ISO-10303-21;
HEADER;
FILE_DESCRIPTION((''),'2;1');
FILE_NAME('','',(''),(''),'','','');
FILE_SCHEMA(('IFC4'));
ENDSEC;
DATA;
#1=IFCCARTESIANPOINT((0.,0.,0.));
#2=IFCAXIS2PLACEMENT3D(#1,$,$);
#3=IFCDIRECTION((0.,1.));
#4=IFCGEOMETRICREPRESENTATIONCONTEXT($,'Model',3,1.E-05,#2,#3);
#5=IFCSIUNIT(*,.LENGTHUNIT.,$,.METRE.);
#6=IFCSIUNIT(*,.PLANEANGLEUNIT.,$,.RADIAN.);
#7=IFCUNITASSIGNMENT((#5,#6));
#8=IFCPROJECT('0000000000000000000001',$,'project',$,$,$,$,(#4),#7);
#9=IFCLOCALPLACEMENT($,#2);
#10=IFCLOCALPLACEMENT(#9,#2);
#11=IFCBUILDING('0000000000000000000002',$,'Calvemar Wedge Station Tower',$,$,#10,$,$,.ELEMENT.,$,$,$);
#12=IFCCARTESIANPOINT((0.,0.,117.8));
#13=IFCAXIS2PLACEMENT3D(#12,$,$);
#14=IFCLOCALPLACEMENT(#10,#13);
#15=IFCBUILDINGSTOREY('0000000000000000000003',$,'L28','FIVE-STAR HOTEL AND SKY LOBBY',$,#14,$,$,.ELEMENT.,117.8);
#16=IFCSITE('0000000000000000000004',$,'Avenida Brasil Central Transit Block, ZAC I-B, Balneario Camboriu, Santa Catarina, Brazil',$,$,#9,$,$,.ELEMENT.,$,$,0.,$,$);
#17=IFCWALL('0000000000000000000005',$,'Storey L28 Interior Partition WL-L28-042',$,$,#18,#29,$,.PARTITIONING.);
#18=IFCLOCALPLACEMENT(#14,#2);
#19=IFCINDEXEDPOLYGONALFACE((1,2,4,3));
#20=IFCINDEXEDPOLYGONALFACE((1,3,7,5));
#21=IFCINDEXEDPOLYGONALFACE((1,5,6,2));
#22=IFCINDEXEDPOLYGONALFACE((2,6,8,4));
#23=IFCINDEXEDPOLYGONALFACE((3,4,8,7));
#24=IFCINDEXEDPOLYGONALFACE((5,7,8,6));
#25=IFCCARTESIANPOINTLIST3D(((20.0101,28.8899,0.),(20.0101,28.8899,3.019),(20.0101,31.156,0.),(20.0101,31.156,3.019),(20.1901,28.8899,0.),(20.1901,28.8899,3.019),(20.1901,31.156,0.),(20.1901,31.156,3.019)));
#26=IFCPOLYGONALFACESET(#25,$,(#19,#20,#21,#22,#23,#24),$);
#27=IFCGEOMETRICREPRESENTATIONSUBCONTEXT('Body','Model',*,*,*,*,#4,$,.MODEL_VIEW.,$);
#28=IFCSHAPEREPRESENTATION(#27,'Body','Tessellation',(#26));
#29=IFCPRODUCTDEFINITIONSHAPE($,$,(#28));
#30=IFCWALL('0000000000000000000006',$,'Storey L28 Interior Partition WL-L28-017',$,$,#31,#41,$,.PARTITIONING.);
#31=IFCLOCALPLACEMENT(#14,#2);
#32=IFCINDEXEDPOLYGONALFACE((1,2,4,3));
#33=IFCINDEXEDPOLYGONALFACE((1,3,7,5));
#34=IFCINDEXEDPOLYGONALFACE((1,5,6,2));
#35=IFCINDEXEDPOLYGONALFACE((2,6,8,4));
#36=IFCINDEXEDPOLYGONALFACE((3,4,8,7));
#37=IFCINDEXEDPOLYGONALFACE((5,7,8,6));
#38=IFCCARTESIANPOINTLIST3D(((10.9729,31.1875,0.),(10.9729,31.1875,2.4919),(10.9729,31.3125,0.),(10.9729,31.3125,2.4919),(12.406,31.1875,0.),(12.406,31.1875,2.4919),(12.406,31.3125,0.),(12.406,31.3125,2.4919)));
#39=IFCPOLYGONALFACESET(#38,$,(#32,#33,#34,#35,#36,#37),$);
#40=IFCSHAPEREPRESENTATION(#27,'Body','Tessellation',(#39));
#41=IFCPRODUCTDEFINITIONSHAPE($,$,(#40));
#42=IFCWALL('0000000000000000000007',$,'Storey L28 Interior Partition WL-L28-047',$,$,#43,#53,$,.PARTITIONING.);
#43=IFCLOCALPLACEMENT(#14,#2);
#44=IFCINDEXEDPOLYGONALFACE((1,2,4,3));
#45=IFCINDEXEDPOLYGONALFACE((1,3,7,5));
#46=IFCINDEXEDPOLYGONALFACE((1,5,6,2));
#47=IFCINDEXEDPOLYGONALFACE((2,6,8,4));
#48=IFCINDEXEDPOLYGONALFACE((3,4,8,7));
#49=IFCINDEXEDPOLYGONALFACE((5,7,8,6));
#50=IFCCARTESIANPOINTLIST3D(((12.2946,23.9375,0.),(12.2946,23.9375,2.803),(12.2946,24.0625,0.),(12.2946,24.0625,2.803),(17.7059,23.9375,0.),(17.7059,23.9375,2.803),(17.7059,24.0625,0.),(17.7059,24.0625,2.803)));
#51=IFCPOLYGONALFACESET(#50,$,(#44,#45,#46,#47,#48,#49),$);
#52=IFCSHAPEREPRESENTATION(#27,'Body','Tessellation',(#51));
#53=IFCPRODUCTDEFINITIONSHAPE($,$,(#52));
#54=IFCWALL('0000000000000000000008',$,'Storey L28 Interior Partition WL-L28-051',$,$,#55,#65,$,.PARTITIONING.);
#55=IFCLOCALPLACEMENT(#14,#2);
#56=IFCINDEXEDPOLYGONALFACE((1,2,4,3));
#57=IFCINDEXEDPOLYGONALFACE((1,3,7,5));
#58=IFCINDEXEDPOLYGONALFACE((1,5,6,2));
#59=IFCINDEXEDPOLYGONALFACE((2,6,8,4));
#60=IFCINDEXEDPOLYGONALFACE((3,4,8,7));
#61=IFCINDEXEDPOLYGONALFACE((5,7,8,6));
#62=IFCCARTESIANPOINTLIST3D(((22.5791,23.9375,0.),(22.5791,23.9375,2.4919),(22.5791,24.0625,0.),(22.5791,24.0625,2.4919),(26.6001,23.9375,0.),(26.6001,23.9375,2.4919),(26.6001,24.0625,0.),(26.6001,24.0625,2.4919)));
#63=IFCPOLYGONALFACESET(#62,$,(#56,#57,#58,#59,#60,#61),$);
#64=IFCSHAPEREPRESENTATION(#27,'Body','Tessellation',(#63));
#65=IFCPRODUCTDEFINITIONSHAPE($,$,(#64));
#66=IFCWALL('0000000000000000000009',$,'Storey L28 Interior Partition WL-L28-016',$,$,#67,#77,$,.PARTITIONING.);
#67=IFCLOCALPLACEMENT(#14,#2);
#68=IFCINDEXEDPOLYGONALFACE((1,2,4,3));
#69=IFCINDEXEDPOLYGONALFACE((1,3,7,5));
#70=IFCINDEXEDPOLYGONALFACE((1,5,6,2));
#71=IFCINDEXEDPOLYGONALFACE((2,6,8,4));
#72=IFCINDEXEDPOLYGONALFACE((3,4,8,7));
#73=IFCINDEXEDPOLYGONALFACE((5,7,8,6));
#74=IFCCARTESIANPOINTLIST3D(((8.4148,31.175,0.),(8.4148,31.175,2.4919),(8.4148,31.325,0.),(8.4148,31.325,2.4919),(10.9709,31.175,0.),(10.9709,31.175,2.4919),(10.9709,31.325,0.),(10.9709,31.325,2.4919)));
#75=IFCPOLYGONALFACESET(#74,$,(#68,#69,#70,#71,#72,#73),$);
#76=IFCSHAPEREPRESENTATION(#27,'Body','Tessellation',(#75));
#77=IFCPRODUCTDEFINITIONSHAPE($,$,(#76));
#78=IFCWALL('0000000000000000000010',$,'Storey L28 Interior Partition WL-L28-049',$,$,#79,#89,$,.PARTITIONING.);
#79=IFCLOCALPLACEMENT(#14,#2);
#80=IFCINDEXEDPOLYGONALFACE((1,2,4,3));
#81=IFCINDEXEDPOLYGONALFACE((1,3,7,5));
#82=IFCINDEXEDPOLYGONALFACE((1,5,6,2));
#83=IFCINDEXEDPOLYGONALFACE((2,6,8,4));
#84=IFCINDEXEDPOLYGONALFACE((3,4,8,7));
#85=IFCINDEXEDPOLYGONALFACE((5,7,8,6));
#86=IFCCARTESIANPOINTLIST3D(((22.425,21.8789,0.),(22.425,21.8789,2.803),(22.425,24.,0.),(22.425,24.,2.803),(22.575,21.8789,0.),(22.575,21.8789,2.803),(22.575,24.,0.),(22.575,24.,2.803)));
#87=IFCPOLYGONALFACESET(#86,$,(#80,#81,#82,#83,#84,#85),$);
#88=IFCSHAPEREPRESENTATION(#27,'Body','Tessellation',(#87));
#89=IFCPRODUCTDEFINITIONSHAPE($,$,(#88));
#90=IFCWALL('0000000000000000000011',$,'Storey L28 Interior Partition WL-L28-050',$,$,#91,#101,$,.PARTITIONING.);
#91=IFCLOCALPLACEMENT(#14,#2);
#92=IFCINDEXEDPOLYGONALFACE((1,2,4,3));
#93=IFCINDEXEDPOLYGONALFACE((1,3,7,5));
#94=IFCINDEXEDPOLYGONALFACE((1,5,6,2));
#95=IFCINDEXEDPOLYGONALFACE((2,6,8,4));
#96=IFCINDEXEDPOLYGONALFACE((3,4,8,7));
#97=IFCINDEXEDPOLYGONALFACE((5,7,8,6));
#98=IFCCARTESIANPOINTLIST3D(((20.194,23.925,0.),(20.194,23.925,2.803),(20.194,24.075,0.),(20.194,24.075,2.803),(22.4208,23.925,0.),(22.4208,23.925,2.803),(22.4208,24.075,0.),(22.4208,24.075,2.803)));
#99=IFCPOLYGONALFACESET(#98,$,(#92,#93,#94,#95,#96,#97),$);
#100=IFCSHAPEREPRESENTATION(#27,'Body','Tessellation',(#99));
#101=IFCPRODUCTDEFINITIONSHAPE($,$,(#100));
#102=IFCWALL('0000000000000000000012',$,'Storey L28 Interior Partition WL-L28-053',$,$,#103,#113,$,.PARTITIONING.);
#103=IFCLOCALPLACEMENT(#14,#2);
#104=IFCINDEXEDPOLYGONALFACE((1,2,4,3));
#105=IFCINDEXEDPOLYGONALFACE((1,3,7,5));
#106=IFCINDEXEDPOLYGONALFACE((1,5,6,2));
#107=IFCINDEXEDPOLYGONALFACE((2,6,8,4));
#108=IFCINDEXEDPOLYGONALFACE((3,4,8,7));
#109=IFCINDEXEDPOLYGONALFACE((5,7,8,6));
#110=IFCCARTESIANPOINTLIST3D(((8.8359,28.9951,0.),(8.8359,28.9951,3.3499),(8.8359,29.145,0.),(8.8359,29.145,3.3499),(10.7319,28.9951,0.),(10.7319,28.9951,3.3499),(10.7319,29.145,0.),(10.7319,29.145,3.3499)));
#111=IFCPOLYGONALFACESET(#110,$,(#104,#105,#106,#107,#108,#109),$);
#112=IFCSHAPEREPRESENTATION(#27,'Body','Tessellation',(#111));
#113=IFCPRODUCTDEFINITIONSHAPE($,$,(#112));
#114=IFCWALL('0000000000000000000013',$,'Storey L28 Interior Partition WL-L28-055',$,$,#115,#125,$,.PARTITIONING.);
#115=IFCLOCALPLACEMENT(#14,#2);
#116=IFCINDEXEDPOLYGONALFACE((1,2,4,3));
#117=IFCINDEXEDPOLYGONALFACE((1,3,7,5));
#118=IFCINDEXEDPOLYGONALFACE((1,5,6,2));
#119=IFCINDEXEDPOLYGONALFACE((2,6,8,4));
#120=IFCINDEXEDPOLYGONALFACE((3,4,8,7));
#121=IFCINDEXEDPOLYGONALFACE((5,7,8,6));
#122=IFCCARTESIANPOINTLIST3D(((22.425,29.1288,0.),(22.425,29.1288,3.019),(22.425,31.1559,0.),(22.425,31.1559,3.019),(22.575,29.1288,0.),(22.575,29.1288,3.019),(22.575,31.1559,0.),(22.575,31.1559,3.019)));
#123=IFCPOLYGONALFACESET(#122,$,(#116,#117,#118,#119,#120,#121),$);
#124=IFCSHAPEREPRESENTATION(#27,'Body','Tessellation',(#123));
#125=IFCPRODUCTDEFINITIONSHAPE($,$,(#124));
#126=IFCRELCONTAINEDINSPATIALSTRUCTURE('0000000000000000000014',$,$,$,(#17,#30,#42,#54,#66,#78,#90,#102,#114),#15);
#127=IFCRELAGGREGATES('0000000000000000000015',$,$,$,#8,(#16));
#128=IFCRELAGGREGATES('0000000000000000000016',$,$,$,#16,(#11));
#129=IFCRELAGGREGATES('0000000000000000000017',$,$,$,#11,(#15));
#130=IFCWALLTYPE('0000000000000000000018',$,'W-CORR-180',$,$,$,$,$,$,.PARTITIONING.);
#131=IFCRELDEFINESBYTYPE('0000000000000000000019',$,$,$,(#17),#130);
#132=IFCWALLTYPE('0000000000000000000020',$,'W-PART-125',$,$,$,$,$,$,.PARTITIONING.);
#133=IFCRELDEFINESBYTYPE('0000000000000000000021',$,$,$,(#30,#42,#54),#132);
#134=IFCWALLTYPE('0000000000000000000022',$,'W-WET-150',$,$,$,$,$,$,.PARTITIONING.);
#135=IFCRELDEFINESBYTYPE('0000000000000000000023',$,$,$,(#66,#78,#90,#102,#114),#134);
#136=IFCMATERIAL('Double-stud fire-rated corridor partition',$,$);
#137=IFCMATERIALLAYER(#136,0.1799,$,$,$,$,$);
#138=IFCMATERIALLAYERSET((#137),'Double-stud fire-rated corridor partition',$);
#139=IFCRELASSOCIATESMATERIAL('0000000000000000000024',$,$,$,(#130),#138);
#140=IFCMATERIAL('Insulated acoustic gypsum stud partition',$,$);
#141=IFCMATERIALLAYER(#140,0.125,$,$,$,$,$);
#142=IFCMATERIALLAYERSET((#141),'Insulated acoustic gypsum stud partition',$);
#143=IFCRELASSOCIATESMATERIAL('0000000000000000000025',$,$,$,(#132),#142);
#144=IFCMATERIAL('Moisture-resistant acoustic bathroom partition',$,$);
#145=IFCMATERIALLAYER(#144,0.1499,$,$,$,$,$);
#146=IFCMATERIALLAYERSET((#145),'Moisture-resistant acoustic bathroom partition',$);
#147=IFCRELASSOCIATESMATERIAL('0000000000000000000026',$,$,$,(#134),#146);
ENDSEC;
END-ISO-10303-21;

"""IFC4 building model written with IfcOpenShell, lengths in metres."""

from ifc_helpers import new_model, si_unit, direction, frame, frame_2d, origin, place, context, subcontext, project, spatial, rectangle, extrude, material, layer, layer_set, type_object, element, save


model = new_model("IFC4")

# Units and contexts
model_context = context("Model", 3, precision=1e-05, world=origin(), true_north=direction((0.0, 1.0)))
body_context = subcontext(model_context, "Body", "Model", "MODEL_VIEW")
ifc_project = project(units=[si_unit("LENGTHUNIT", "METRE"), si_unit("PLANEANGLEUNIT", "RADIAN")], contexts=[model_context])

# Site, building, storey
site_placement = place(None, origin())
site = spatial("IfcSite", under=ifc_project, at=site_placement, Name="Avenida Brasil Central Transit Block, ZAC I-B, Balneario Camboriu, Santa Catarina, Brazil", CompositionType="ELEMENT", RefElevation=0.0)
building_placement = place(site_placement, origin())
building = spatial("IfcBuilding", under=site, at=building_placement, Name="Calvemar Wedge Station Tower", CompositionType="ELEMENT")
storey_placement = place(building_placement, frame((0.0, 0.0, 117.8)))
storey = spatial("IfcBuildingStorey", under=building, at=storey_placement, Name="L28", Description="FIVE-STAR HOTEL AND SKY LOBBY", CompositionType="ELEMENT", Elevation=117.8)

# Shared definitions
ifc_material_1 = material(Name="Double-stud fire-rated corridor partition")
ifc_layer_1 = layer(ifc_material_1, 0.1799)
ifc_layer_set_1 = layer_set([ifc_layer_1], Name="Double-stud fire-rated corridor partition")
wall_type_1 = type_object("IfcWallType", Name="W-CORR-180", PredefinedType="PARTITIONING", material=ifc_layer_set_1)

# Wall
wall_1_placement = place(storey_placement, frame((20.1001, 31.156, 0.0), z_axis=(0.0, 0.0, 1.0), x_axis=(0.0, -1.0, 0.0)))
element("IfcWall", 1, at=wall_1_placement, inside=storey, type_object=wall_type_1, Name="Storey L28 Interior Partition WL-L28-042", PredefinedType="PARTITIONING", context=body_context, shape_type="SweptSolid", body=[
    extrude(rectangle(XDim=2.2661, YDim=0.1799, at=frame_2d((1.1331, 0.0))), origin(), (0.0, 0.0, 1.0), 3.019),
])

# Walls
ifc_material_2 = material(Name="Insulated acoustic gypsum stud partition")
ifc_layer_2 = layer(ifc_material_2, 0.125)
ifc_layer_set_2 = layer_set([ifc_layer_2], Name="Insulated acoustic gypsum stud partition")
wall_type_2 = type_object("IfcWallType", Name="W-PART-125", PredefinedType="PARTITIONING", material=ifc_layer_set_2)
wall_2_placement = place(storey_placement, frame((12.406, 31.25, 0.0), z_axis=(0.0, 0.0, 1.0), x_axis=(-1.0, 0.0, 0.0)))
element("IfcWall", 2, at=wall_2_placement, inside=storey, type_object=wall_type_2, Name="Storey L28 Interior Partition WL-L28-017", PredefinedType="PARTITIONING", context=body_context, shape_type="SweptSolid", body=[
    extrude(rectangle(XDim=1.4331, YDim=0.125, at=frame_2d((0.7166, 0.0))), origin(), (0.0, 0.0, 1.0), 2.4919),
])
wall_3_placement = place(storey_placement, frame((12.2947, 24.0, 0.0), z_axis=(0.0, 0.0, 1.0), x_axis=(1.0, 0.0, 0.0)))
element("IfcWall", 3, at=wall_3_placement, inside=storey, type_object=wall_type_2, Name="Storey L28 Interior Partition WL-L28-047", PredefinedType="PARTITIONING", context=body_context, shape_type="SweptSolid", body=[
    extrude(rectangle(XDim=5.4114, YDim=0.125, at=frame_2d((2.7056, 0.0))), origin(), (0.0, 0.0, 1.0), 2.803),
])
wall_4_placement = place(storey_placement, frame((22.5791, 24.0, 0.0), z_axis=(0.0, 0.0, 1.0), x_axis=(1.0, 0.0, 0.0)))
element("IfcWall", 4, at=wall_4_placement, inside=storey, type_object=wall_type_2, Name="Storey L28 Interior Partition WL-L28-051", PredefinedType="PARTITIONING", context=body_context, shape_type="SweptSolid", body=[
    extrude(rectangle(XDim=4.021, YDim=0.125, at=frame_2d((2.0105, 0.0))), origin(), (0.0, 0.0, 1.0), 2.4919),
])
ifc_material_3 = material(Name="Moisture-resistant acoustic bathroom partition")
ifc_layer_3 = layer(ifc_material_3, 0.1499)
ifc_layer_set_3 = layer_set([ifc_layer_3], Name="Moisture-resistant acoustic bathroom partition")
wall_type_3 = type_object("IfcWallType", Name="W-WET-150", PredefinedType="PARTITIONING", material=ifc_layer_set_3)
wall_5_placement = place(storey_placement, frame((10.9709, 31.25, 0.0), z_axis=(0.0, 0.0, 1.0), x_axis=(-1.0, 0.0, 0.0)))
element("IfcWall", 5, at=wall_5_placement, inside=storey, type_object=wall_type_3, Name="Storey L28 Interior Partition WL-L28-016", PredefinedType="PARTITIONING", context=body_context, shape_type="SweptSolid", body=[
    extrude(rectangle(XDim=2.5562, YDim=0.1499, at=frame_2d((1.2781, 0.0))), origin(), (0.0, 0.0, 1.0), 2.4919),
])

# Walls
wall_6_placement = place(storey_placement, frame((22.5, 24.0, 0.0), z_axis=(0.0, 0.0, 1.0), x_axis=(0.0, -1.0, 0.0)))
element("IfcWall", 6, at=wall_6_placement, inside=storey, type_object=wall_type_3, Name="Storey L28 Interior Partition WL-L28-049", PredefinedType="PARTITIONING", context=body_context, shape_type="SweptSolid", body=[
    extrude(rectangle(XDim=2.1211, YDim=0.1499, at=frame_2d((1.0605, 0.0))), origin(), (0.0, 0.0, 1.0), 2.803),
])
wall_7_placement = place(storey_placement, frame((20.1941, 24.0, 0.0), z_axis=(0.0, 0.0, 1.0), x_axis=(1.0, 0.0, 0.0)))
element("IfcWall", 7, at=wall_7_placement, inside=storey, type_object=wall_type_3, Name="Storey L28 Interior Partition WL-L28-050", PredefinedType="PARTITIONING", context=body_context, shape_type="SweptSolid", body=[
    extrude(rectangle(XDim=2.2268, YDim=0.1499, at=frame_2d((1.1133, 0.0))), origin(), (0.0, 0.0, 1.0), 2.803),
])

# Wall
wall_8_placement = place(storey_placement, frame((10.7319, 29.0701, 0.0), z_axis=(0.0, 0.0, 1.0), x_axis=(-1.0, 0.0, 0.0)))
element("IfcWall", 8, at=wall_8_placement, inside=storey, type_object=wall_type_3, Name="Storey L28 Interior Partition WL-L28-053", PredefinedType="PARTITIONING", context=body_context, shape_type="SweptSolid", body=[
    extrude(rectangle(XDim=1.896, YDim=0.1499, at=frame_2d((0.948, 0.0))), origin(), (0.0, 0.0, 1.0), 3.3499),
])

# Wall
wall_9_placement = place(storey_placement, frame((22.5, 31.156, 0.0), z_axis=(0.0, 0.0, 1.0), x_axis=(0.0, -1.0, 0.0)))
element("IfcWall", 9, at=wall_9_placement, inside=storey, type_object=wall_type_3, Name="Storey L28 Interior Partition WL-L28-055", PredefinedType="PARTITIONING", context=body_context, shape_type="SweptSolid", body=[
    extrude(rectangle(XDim=2.0271, YDim=0.1499, at=frame_2d((1.0137, 0.0))), origin(), (0.0, 0.0, 1.0), 3.019),
])

save(model, "model.ifc")
